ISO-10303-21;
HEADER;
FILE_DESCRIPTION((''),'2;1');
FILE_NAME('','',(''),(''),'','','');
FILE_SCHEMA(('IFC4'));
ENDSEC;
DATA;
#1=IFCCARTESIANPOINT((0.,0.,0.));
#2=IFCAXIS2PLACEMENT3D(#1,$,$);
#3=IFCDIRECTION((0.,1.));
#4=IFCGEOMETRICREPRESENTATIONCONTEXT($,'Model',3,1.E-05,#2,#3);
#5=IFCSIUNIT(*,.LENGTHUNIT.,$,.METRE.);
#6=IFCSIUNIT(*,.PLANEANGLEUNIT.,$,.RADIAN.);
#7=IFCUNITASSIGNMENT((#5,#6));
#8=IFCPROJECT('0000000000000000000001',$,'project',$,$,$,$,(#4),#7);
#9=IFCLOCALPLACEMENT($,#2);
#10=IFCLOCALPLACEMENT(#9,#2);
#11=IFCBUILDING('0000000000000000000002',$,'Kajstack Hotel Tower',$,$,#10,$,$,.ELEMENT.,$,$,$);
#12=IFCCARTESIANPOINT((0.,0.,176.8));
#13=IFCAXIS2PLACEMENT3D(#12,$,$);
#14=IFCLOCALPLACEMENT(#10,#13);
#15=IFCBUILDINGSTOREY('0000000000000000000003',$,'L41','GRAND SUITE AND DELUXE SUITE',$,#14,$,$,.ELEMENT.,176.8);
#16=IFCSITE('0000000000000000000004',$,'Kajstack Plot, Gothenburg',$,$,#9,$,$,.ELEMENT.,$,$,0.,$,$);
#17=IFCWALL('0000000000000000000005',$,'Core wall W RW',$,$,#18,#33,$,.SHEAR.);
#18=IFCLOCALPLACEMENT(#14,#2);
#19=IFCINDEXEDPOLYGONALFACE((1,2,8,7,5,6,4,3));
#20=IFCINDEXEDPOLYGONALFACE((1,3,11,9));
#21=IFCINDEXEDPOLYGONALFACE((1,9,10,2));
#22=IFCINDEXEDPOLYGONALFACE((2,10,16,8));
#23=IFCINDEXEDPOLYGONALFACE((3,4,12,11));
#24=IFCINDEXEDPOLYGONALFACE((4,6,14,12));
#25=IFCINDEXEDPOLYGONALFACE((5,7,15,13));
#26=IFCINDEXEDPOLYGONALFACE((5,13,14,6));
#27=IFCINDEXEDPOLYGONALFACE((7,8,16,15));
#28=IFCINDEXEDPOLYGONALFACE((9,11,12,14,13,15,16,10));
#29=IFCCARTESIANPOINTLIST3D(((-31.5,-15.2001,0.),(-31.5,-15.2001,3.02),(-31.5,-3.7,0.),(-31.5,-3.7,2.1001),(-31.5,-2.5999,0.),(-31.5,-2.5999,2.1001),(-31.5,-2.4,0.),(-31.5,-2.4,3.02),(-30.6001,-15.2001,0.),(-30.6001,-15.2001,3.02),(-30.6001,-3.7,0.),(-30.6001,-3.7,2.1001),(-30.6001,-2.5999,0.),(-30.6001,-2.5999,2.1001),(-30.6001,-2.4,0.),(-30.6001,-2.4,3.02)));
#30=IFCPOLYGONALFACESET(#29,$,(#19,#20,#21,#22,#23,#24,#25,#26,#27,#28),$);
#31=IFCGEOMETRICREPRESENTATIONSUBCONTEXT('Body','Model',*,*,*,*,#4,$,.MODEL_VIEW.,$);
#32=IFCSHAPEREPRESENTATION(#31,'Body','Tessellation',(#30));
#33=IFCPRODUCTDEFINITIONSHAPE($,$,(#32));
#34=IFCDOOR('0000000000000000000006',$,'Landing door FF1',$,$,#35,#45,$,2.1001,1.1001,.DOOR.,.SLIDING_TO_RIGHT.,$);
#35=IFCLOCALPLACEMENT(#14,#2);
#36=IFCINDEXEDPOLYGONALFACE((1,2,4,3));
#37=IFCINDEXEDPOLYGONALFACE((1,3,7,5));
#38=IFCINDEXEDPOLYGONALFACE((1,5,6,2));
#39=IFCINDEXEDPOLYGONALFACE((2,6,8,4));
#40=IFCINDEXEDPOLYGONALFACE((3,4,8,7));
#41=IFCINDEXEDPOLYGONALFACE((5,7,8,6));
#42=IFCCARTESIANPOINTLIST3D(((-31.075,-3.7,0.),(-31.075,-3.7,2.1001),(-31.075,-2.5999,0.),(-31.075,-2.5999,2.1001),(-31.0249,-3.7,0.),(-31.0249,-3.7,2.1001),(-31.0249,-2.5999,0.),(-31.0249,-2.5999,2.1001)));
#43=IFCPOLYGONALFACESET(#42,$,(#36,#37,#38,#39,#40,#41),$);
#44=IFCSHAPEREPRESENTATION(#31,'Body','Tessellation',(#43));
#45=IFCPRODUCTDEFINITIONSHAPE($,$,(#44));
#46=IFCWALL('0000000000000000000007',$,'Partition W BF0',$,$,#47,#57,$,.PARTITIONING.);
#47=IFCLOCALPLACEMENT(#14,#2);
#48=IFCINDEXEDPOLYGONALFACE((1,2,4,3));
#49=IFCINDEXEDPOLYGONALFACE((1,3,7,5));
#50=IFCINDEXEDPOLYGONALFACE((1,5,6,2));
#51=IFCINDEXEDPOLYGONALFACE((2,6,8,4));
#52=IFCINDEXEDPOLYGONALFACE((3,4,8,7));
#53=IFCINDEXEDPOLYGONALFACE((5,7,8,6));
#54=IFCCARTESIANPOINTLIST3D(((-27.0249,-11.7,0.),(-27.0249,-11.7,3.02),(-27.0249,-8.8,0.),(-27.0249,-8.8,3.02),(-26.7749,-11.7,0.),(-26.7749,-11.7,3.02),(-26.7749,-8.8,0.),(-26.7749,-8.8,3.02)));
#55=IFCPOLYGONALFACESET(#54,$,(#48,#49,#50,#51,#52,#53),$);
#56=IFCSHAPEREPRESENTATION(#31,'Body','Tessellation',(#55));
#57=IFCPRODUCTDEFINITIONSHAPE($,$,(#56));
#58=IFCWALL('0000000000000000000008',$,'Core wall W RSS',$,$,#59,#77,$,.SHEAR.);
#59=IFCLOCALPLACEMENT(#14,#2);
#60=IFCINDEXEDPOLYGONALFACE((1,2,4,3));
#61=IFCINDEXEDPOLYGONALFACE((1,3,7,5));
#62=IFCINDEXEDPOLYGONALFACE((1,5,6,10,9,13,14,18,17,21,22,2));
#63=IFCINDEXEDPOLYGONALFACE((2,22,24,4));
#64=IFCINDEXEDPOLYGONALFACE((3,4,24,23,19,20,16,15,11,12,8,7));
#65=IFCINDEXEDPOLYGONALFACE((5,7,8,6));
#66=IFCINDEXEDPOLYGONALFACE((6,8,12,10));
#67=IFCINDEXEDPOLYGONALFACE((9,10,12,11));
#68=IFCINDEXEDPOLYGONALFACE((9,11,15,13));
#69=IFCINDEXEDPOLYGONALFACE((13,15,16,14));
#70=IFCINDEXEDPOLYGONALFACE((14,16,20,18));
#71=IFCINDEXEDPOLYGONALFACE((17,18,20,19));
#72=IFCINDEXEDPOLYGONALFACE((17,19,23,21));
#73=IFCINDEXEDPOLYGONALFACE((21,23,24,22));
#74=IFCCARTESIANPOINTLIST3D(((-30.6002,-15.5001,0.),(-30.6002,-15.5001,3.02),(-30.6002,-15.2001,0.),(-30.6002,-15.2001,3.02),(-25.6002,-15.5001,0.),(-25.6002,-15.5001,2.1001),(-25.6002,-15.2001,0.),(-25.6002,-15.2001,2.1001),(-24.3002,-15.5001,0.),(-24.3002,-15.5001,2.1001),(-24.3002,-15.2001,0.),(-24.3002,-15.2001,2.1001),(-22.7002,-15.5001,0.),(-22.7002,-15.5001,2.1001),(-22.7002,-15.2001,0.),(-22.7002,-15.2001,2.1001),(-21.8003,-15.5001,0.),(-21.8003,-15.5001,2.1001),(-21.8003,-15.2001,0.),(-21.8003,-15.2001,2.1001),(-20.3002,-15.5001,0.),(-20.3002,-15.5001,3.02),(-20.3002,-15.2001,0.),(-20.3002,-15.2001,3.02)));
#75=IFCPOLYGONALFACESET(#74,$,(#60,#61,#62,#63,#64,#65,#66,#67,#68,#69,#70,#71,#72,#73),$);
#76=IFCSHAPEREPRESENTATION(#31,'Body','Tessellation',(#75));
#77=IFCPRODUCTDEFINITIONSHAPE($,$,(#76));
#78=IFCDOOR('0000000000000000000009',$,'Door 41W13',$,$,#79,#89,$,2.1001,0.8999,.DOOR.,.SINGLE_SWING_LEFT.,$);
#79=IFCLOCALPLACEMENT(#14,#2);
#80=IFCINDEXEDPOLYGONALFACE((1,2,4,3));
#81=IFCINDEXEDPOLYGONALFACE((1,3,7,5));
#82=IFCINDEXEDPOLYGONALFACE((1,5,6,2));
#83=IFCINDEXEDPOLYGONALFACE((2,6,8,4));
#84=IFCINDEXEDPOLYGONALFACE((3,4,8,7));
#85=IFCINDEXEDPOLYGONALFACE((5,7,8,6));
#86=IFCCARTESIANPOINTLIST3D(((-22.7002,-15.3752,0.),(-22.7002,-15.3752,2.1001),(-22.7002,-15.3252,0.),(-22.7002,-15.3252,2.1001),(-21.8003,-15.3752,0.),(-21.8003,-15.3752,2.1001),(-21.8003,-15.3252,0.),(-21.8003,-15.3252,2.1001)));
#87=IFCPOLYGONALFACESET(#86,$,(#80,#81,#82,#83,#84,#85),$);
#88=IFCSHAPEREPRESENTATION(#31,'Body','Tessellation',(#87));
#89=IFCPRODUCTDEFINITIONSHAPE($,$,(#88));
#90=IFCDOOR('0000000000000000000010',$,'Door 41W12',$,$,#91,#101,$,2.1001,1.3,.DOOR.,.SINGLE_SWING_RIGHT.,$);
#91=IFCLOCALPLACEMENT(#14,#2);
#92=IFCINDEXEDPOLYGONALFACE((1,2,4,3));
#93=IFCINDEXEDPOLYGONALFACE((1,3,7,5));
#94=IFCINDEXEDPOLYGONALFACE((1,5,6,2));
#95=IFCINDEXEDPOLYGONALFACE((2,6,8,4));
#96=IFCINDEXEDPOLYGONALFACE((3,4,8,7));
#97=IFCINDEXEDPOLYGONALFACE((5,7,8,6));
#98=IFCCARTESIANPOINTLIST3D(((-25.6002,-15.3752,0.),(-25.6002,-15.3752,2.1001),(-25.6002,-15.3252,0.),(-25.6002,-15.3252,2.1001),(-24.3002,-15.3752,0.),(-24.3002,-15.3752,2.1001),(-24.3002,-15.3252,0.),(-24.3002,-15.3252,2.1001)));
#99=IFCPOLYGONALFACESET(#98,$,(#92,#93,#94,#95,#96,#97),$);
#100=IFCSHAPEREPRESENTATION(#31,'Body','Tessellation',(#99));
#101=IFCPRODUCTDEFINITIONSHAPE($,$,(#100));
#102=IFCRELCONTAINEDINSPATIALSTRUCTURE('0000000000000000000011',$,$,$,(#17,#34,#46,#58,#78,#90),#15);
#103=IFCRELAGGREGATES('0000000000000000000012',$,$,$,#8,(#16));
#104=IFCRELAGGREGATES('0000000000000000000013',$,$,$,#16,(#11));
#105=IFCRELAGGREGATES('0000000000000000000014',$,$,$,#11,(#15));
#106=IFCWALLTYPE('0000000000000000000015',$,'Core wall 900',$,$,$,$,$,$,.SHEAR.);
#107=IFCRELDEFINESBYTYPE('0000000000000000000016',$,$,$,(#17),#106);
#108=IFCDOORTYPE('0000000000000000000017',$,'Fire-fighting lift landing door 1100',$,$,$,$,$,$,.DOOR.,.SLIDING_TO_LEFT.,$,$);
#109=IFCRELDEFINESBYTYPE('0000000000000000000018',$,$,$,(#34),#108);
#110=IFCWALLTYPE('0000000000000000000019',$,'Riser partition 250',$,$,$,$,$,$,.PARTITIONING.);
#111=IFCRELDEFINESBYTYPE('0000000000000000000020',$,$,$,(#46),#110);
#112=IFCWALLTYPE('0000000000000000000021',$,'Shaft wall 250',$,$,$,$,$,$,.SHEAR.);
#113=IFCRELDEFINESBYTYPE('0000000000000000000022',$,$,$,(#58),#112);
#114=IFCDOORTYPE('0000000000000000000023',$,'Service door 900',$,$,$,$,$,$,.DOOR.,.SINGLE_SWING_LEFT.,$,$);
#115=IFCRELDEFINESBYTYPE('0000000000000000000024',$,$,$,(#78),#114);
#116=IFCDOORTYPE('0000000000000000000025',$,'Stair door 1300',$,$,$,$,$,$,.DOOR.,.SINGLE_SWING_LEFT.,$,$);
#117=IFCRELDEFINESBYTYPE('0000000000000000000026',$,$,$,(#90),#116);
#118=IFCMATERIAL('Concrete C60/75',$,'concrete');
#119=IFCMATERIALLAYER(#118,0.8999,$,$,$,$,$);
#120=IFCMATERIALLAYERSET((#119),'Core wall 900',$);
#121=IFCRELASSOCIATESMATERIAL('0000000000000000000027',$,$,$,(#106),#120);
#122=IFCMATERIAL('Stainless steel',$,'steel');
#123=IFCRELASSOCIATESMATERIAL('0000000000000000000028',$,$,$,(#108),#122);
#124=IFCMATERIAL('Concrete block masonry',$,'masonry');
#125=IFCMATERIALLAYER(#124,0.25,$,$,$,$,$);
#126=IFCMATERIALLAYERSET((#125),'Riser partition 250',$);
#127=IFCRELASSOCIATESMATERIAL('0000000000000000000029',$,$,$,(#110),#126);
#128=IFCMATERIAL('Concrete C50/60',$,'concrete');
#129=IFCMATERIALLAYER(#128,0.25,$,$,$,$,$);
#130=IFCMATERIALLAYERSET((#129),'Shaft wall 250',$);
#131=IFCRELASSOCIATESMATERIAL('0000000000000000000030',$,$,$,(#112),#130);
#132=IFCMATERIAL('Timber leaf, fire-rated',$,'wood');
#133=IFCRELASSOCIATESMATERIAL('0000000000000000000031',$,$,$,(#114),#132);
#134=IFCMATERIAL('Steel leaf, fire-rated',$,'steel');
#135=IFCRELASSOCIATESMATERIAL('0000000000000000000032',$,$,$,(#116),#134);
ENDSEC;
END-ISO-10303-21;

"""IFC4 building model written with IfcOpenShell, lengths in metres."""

from ifc_helpers import new_model, si_unit, direction, frame, frame_2d, origin, place, context, subcontext, project, spatial, rectangle, extrude, material, layer, layer_set, type_object, element, fill, save


model = new_model("IFC4")

# Units and contexts
model_context = context("Model", 3, precision=1e-05, world=origin(), true_north=direction((0.0, 1.0)))
body_context = subcontext(model_context, "Body", "Model", "MODEL_VIEW")
ifc_project = project(units=[si_unit("LENGTHUNIT", "METRE"), si_unit("PLANEANGLEUNIT", "RADIAN")], contexts=[model_context])

# Site, building, storey
site_placement = place(None, origin())
site = spatial("IfcSite", under=ifc_project, at=site_placement, Name="Kajstack Plot, Gothenburg", CompositionType="ELEMENT", RefElevation=0.0)
building_placement = place(site_placement, origin())
building = spatial("IfcBuilding", under=site, at=building_placement, Name="Kajstack Hotel Tower", CompositionType="ELEMENT")
storey_placement = place(building_placement, frame((0.0, 0.0, 176.8)))
storey = spatial("IfcBuildingStorey", under=building, at=storey_placement, Name="L41", Description="GRAND SUITE AND DELUXE SUITE", CompositionType="ELEMENT", Elevation=176.8)

# Wall, opening, door
ifc_material_1 = material(Name="Concrete C60/75", Category="concrete")
ifc_layer_1 = layer(ifc_material_1, 0.8999)
ifc_layer_set_1 = layer_set([ifc_layer_1], Name="Core wall 900")
wall_type_1 = type_object("IfcWallType", Name="Core wall 900", PredefinedType="SHEAR", material=ifc_layer_set_1)
wall_1_placement = place(storey_placement, frame((-31.05, -15.2, 0.0), z_axis=(0.0, 0.0, 1.0), x_axis=(0.0, 1.0, 0.0)))
wall_1 = element("IfcWall", 1, at=wall_1_placement, inside=storey, type_object=wall_type_1, Name="Core wall W RW", PredefinedType="SHEAR", context=body_context, shape_type="SweptSolid", body=[
    extrude(rectangle(XDim=12.8, YDim=0.8999, at=frame_2d((6.3999, 0.0))), origin(), (0.0, 0.0, 1.0), 3.02),
])
opening_1_placement = place(wall_1_placement, frame((11.5, 0.0, 0.0)))
opening_1 = element("IfcOpeningElement", 2, at=opening_1_placement, cuts=wall_1, PredefinedType="OPENING", context=body_context, shape_type="SweptSolid", body=[
    extrude(rectangle(XDim=1.1001, YDim=2.1001, at=frame_2d((0.55, 1.05))), frame((0.0, 0.46, 0.0), z_axis=(0.0, -1.0, 0.0), x_axis=(1.0, 0.0, 0.0)), (0.0, 0.0, 1.0), 0.9199),
])
ifc_material_2 = material(Name="Stainless steel", Category="steel")
door_type_1 = type_object("IfcDoorType", Name="Fire-fighting lift landing door 1100", OperationType="SLIDING_TO_LEFT", PredefinedType="DOOR", material=ifc_material_2)
door_1_placement = place(opening_1_placement, origin())
door_1 = element("IfcDoor", 3, at=door_1_placement, inside=storey, type_object=door_type_1, Name="Landing door FF1", OperationType="SLIDING_TO_RIGHT", OverallHeight=2.1001, OverallWidth=1.1001, PredefinedType="DOOR", context=body_context, shape_type="SweptSolid", body=[
    extrude(rectangle(XDim=1.1001, YDim=2.1001, at=frame_2d((0.55, 1.05))), frame((0.0, 0.0249, 0.0), z_axis=(0.0, -1.0, 0.0), x_axis=(1.0, 0.0, 0.0)), (0.0, 0.0, 1.0), 0.05),
])
fill(opening_1, door_1)

# Wall
ifc_material_3 = material(Name="Concrete block masonry", Category="masonry")
ifc_layer_2 = layer(ifc_material_3, 0.25)
ifc_layer_set_2 = layer_set([ifc_layer_2], Name="Riser partition 250")
wall_type_2 = type_object("IfcWallType", Name="Riser partition 250", PredefinedType="PARTITIONING", material=ifc_layer_set_2)
wall_2_placement = place(storey_placement, frame((-26.8999, -11.7, 0.0), z_axis=(0.0, 0.0, 1.0), x_axis=(0.0, 1.0, 0.0)))
element("IfcWall", 4, at=wall_2_placement, inside=storey, type_object=wall_type_2, Name="Partition W BF0", PredefinedType="PARTITIONING", context=body_context, shape_type="SweptSolid", body=[
    extrude(rectangle(XDim=2.8999, YDim=0.25, at=frame_2d((1.45, 0.0))), origin(), (0.0, 0.0, 1.0), 3.02),
])

# Wall, openings, doors
ifc_material_4 = material(Name="Concrete C50/60", Category="concrete")
ifc_layer_3 = layer(ifc_material_4, 0.25)
ifc_layer_set_3 = layer_set([ifc_layer_3], Name="Shaft wall 250")
wall_type_3 = type_object("IfcWallType", Name="Shaft wall 250", PredefinedType="SHEAR", material=ifc_layer_set_3)
wall_3_placement = place(storey_placement, frame((-30.6001, -15.3501, 0.0), z_axis=(0.0, 0.0, 1.0), x_axis=(1.0, 0.0, 0.0)))
wall_3 = element("IfcWall", 5, at=wall_3_placement, inside=storey, type_object=wall_type_3, Name="Core wall W RSS", PredefinedType="SHEAR", context=body_context, shape_type="SweptSolid", body=[
    extrude(rectangle(XDim=10.3, YDim=0.3, at=frame_2d((5.1499, 0.0))), origin(), (0.0, 0.0, 1.0), 3.02),
])
opening_2_placement = place(wall_3_placement, frame((5.0, 0.0, 0.0)))
opening_2 = element("IfcOpeningElement", 6, at=opening_2_placement, cuts=wall_3, PredefinedType="OPENING", context=body_context, shape_type="SweptSolid", body=[
    extrude(rectangle(XDim=1.3, YDim=2.1001, at=frame_2d((0.6499, 1.05))), frame((0.0, 0.1599, 0.0), z_axis=(0.0, -1.0, 0.0), x_axis=(1.0, 0.0, 0.0)), (0.0, 0.0, 1.0), 0.3201),
])
opening_3_placement = place(wall_3_placement, frame((7.8999, 0.0, 0.0)))
opening_3 = element("IfcOpeningElement", 7, at=opening_3_placement, cuts=wall_3, PredefinedType="OPENING", context=body_context, shape_type="SweptSolid", body=[
    extrude(rectangle(XDim=0.8999, YDim=2.1001, at=frame_2d((0.45, 1.05))), frame((0.0, 0.1599, 0.0), z_axis=(0.0, -1.0, 0.0), x_axis=(1.0, 0.0, 0.0)), (0.0, 0.0, 1.0), 0.3201),
])
ifc_material_5 = material(Name="Timber leaf, fire-rated", Category="wood")
door_type_2 = type_object("IfcDoorType", Name="Service door 900", OperationType="SINGLE_SWING_LEFT", PredefinedType="DOOR", material=ifc_material_5)
door_2_placement = place(opening_3_placement, origin())
door_2 = element("IfcDoor", 8, at=door_2_placement, inside=storey, type_object=door_type_2, Name="Door 41W13", OperationType="SINGLE_SWING_LEFT", OverallHeight=2.1001, OverallWidth=0.8999, PredefinedType="DOOR", context=body_context, shape_type="SweptSolid", body=[
    extrude(rectangle(XDim=0.8999, YDim=2.1001, at=frame_2d((0.45, 1.05))), frame((0.0, 0.0249, 0.0), z_axis=(0.0, -1.0, 0.0), x_axis=(1.0, 0.0, 0.0)), (0.0, 0.0, 1.0), 0.05),
])
fill(opening_3, door_2)
ifc_material_6 = material(Name="Steel leaf, fire-rated", Category="steel")
door_type_3 = type_object("IfcDoorType", Name="Stair door 1300", OperationType="SINGLE_SWING_LEFT", PredefinedType="DOOR", material=ifc_material_6)
door_3_placement = place(opening_2_placement, origin())
door_3 = element("IfcDoor", 9, at=door_3_placement, inside=storey, type_object=door_type_3, Name="Door 41W12", OperationType="SINGLE_SWING_RIGHT", OverallHeight=2.1001, OverallWidth=1.3, PredefinedType="DOOR", context=body_context, shape_type="SweptSolid", body=[
    extrude(rectangle(XDim=1.3, YDim=2.1001, at=frame_2d((0.6499, 1.05))), frame((0.0, 0.0249, 0.0), z_axis=(0.0, -1.0, 0.0), x_axis=(1.0, 0.0, 0.0)), (0.0, 0.0, 1.0), 0.05),
])
fill(opening_2, door_3)

save(model, "model.ifc")
